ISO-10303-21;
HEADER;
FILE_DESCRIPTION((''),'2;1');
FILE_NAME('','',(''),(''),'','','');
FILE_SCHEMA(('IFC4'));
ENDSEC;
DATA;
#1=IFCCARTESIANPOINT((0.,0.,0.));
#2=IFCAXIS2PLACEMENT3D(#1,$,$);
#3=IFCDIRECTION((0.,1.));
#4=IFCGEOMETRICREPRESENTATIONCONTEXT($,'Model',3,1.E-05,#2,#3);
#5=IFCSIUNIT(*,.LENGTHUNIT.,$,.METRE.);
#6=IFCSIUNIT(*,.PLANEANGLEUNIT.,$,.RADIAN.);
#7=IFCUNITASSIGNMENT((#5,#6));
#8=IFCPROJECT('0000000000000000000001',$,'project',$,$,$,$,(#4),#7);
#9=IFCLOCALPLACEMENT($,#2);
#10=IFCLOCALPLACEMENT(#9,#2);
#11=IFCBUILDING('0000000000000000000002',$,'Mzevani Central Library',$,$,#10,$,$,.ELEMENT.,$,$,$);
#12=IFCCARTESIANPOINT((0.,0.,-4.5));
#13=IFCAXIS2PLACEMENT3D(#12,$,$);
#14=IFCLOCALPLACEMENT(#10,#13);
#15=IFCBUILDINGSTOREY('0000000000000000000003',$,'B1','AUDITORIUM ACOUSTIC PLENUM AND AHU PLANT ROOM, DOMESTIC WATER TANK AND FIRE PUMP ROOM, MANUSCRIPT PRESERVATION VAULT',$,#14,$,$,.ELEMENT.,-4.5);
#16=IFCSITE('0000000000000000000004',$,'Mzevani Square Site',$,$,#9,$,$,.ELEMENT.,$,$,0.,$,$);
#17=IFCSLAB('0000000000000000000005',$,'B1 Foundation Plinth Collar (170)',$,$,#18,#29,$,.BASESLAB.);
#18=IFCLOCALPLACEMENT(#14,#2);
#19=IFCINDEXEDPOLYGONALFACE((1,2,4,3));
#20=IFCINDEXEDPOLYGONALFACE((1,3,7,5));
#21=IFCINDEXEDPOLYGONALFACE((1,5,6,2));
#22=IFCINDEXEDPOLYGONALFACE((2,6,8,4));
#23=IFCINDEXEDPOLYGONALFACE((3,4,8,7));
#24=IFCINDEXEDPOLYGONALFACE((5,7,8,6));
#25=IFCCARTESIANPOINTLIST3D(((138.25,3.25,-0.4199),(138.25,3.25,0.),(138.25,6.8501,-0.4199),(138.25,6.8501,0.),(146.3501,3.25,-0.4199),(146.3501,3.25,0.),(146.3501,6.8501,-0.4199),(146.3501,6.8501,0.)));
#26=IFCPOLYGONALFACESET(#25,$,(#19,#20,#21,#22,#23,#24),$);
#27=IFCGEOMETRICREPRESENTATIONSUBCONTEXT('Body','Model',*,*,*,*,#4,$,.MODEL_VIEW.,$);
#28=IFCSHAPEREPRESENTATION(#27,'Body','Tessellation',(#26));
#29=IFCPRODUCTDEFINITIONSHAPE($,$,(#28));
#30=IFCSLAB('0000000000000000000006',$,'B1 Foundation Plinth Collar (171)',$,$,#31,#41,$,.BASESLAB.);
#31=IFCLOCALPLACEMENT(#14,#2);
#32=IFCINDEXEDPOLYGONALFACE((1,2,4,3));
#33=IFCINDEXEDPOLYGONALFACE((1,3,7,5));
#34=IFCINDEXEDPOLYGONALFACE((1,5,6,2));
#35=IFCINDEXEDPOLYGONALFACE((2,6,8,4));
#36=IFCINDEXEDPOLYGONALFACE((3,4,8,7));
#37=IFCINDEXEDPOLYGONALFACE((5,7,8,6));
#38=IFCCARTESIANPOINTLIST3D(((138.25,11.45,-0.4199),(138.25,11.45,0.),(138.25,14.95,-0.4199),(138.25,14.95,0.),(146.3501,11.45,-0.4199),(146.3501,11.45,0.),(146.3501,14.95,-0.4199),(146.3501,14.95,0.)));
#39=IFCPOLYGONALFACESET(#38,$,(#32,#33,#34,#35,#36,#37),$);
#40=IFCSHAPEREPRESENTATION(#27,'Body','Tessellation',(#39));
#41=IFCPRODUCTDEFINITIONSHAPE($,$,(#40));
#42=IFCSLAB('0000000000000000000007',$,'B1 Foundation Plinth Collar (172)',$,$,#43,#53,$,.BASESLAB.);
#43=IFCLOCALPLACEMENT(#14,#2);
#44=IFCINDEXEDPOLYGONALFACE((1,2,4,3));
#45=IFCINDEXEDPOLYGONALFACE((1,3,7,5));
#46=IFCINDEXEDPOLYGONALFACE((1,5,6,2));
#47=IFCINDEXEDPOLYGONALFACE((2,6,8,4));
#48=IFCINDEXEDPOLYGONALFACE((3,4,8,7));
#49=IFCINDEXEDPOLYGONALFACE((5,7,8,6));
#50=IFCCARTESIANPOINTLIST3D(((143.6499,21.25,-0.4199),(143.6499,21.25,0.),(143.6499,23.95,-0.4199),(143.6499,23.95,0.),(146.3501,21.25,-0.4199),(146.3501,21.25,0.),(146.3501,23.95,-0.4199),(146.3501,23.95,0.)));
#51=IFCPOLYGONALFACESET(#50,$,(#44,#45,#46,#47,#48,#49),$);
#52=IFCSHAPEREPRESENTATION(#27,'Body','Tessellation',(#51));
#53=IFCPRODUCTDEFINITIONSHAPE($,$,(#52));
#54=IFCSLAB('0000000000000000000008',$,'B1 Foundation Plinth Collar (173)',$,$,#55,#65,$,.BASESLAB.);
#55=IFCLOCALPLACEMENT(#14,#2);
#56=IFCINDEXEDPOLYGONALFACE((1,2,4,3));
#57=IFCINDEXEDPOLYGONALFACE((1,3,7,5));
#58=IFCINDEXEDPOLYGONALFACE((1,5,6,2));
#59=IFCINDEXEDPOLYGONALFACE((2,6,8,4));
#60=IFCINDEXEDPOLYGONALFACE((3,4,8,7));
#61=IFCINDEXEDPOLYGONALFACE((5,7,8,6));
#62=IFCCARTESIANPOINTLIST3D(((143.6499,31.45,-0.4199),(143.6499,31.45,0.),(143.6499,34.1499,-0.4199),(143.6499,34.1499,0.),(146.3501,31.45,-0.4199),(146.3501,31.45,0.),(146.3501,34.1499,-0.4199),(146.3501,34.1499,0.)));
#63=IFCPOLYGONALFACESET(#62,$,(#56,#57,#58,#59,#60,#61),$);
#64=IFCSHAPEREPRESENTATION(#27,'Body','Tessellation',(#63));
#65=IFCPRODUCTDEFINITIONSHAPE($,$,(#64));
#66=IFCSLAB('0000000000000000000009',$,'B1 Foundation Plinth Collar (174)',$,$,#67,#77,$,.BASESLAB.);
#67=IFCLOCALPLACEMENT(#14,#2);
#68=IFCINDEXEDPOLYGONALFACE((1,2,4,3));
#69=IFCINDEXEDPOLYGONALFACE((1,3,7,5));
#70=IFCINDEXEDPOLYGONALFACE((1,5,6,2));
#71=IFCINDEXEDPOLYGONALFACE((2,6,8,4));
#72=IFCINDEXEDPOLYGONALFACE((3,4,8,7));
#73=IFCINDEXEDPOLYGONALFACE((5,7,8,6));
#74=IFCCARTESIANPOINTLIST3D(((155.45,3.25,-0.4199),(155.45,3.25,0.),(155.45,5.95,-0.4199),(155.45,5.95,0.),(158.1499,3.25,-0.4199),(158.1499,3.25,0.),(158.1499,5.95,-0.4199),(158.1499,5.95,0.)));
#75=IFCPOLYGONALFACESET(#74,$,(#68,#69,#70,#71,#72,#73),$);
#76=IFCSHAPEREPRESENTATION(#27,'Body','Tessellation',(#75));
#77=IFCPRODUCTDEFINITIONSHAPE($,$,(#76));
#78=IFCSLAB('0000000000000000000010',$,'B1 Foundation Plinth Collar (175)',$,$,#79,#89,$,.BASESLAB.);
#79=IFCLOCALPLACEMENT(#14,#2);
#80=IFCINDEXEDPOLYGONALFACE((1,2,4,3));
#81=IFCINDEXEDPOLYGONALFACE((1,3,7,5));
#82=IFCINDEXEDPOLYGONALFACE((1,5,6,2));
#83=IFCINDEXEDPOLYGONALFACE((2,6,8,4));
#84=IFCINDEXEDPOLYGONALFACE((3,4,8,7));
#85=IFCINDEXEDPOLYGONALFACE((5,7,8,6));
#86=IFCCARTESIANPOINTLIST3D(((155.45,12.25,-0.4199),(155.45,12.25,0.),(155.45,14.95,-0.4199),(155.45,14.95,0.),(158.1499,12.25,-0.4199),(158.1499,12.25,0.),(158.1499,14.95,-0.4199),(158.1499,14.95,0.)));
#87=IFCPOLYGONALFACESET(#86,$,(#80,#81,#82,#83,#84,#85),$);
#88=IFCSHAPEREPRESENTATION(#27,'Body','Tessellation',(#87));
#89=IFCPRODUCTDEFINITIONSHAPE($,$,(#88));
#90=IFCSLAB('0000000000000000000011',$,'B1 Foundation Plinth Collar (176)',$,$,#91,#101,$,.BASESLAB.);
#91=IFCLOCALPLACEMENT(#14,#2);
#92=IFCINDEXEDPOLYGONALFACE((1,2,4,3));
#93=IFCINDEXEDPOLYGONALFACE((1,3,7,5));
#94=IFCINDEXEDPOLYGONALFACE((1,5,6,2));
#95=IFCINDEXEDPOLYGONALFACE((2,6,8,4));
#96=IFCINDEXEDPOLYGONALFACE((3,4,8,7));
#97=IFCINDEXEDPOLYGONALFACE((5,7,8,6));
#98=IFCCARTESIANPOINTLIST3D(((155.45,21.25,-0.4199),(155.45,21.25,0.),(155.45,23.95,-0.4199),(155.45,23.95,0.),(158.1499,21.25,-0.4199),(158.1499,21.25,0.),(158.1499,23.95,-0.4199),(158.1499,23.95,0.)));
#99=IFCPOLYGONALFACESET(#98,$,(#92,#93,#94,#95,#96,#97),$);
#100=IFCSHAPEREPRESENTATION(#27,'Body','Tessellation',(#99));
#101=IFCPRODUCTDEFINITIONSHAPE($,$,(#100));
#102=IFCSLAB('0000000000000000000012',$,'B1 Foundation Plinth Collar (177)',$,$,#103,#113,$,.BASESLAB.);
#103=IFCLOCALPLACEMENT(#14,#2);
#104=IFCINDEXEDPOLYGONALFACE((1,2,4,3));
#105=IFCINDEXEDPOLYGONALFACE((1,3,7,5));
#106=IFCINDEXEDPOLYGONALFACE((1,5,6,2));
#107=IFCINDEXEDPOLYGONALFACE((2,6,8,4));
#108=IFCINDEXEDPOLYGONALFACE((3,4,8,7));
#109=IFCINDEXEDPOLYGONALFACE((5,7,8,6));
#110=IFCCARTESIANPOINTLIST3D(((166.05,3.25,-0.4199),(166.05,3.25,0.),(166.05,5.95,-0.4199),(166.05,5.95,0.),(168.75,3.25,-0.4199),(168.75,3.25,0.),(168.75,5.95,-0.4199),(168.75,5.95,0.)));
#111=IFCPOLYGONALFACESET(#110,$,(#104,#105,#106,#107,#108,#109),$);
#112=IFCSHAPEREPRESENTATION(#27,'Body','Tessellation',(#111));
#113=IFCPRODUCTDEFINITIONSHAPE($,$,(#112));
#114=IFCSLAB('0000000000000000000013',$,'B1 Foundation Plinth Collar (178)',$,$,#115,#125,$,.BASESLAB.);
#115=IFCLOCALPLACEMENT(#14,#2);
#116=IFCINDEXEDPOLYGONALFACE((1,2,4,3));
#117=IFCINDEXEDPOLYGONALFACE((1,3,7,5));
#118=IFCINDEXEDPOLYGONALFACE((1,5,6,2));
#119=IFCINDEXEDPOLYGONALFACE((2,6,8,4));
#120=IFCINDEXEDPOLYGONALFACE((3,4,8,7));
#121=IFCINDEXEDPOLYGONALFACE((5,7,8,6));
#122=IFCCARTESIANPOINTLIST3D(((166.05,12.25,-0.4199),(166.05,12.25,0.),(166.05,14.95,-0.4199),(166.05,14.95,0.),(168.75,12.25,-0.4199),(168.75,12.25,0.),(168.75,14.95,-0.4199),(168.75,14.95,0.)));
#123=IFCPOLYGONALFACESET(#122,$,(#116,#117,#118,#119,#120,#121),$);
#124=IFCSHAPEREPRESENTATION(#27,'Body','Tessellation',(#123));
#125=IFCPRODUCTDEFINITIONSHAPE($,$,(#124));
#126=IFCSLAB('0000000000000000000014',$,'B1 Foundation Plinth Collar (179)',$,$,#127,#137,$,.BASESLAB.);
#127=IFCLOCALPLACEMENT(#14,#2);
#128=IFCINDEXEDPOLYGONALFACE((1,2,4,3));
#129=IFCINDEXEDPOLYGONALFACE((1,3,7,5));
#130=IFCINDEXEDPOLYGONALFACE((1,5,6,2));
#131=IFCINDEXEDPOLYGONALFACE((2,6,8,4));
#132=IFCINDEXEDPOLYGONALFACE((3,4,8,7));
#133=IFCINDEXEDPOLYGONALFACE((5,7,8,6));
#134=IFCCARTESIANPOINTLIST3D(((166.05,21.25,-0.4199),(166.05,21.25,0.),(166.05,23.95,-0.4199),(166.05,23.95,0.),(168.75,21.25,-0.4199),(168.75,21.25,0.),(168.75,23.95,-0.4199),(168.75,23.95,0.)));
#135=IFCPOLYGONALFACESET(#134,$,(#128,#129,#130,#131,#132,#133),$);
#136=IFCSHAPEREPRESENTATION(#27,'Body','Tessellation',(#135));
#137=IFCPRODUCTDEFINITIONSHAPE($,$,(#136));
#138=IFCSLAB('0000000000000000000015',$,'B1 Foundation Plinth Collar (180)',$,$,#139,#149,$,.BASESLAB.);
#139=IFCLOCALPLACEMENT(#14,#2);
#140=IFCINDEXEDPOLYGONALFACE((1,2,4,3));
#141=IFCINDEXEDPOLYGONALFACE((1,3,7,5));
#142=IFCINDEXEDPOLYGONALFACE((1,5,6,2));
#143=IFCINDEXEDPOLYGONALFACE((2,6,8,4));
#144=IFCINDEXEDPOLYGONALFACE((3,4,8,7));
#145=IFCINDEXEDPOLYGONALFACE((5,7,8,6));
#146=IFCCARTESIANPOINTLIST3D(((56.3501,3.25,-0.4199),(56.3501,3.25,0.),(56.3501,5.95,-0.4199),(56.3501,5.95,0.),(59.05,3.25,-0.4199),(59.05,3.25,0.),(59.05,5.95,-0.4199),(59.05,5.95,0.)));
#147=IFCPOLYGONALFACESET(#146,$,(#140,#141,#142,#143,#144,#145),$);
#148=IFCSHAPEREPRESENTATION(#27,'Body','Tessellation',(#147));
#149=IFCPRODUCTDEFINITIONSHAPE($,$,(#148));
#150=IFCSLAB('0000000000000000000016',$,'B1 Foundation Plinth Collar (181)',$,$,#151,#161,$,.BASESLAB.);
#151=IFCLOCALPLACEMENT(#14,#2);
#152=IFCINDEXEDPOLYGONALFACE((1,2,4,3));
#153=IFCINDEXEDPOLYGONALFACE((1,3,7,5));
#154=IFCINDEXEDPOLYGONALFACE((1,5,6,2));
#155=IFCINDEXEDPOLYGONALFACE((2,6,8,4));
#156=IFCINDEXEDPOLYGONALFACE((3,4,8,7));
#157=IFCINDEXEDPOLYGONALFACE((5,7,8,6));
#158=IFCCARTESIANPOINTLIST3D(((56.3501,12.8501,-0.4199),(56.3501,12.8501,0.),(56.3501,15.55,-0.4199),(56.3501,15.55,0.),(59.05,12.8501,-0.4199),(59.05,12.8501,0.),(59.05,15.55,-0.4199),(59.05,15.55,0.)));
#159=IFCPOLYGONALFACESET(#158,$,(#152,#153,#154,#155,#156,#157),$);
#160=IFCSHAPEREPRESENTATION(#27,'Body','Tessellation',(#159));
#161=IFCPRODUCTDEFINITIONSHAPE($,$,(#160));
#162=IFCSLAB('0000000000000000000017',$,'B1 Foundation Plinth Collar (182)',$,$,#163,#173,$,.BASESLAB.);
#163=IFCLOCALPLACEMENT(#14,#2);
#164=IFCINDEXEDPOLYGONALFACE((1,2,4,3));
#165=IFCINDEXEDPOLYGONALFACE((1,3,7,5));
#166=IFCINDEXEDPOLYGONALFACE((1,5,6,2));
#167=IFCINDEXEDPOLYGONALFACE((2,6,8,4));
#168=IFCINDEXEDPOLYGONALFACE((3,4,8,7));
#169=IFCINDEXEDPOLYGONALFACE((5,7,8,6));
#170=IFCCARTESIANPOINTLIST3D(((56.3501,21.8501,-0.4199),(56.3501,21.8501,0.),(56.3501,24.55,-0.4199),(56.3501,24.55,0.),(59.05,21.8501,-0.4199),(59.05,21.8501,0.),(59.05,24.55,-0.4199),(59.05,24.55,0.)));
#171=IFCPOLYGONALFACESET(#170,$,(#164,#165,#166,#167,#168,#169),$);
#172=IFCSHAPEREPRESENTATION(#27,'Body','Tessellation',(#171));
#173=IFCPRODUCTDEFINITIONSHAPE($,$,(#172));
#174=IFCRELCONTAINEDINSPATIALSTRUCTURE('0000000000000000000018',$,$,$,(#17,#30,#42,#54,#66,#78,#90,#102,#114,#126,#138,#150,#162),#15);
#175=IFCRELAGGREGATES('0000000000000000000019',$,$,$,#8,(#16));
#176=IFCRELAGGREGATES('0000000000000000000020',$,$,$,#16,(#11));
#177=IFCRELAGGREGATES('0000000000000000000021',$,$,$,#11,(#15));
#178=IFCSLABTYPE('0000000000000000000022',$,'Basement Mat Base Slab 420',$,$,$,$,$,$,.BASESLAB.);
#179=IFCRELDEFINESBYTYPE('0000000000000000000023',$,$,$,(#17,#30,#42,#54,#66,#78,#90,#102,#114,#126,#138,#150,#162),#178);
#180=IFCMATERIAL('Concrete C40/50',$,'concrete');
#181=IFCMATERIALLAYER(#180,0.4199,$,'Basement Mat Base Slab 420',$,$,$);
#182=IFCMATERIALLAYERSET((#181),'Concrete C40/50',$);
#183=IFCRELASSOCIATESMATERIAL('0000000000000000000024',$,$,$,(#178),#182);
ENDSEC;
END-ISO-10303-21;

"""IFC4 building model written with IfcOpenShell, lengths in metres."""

from ifc_helpers import new_model, si_unit, direction, frame, origin, place, context, subcontext, project, spatial, polyline, outline, extrude, material, layer, layer_set, type_object, element, save


model = new_model("IFC4")

# Units and contexts
model_context = context("Model", 3, precision=1e-05, world=origin(), true_north=direction((0.0, 1.0)))
body_context = subcontext(model_context, "Body", "Model", "MODEL_VIEW")
ifc_project = project(units=[si_unit("LENGTHUNIT", "METRE"), si_unit("PLANEANGLEUNIT", "RADIAN")], contexts=[model_context])

# Site, building, storey
site_placement = place(None, origin())
site = spatial("IfcSite", under=ifc_project, at=site_placement, Name="Mzevani Square Site", CompositionType="ELEMENT", RefElevation=0.0)
building_placement = place(site_placement, origin())
building = spatial("IfcBuilding", under=site, at=building_placement, Name="Mzevani Central Library", CompositionType="ELEMENT")
storey_placement = place(building_placement, frame((0.0, 0.0, -4.5)))
storey = spatial("IfcBuildingStorey", under=building, at=storey_placement, Name="B1", Description="AUDITORIUM ACOUSTIC PLENUM AND AHU PLANT ROOM, DOMESTIC WATER TANK AND FIRE PUMP ROOM, MANUSCRIPT PRESERVATION VAULT", CompositionType="ELEMENT", Elevation=-4.5)

# Slabs
ifc_material = material(Name="Concrete C40/50", Category="concrete")
ifc_layer = layer(ifc_material, 0.4199, Name="Basement Mat Base Slab 420")
ifc_layer_set = layer_set([ifc_layer], Name="Concrete C40/50")
slab_type = type_object("IfcSlabType", Name="Basement Mat Base Slab 420", PredefinedType="BASESLAB", material=ifc_layer_set)
slab_1_placement = place(storey_placement, frame((0.0, 0.0, -0.4199)))
element("IfcSlab", 1, at=slab_1_placement, inside=storey, type_object=slab_type, Name="B1 Foundation Plinth Collar (170)", PredefinedType="BASESLAB", context=body_context, shape_type="SweptSolid", body=[
    extrude(outline(polyline([(138.25, 6.8501), (146.3501, 6.8501), (146.3501, 3.25), (138.25, 3.25), (138.25, 6.8501)])), origin(), (0.0, 0.0, 1.0), 0.4199),
])
slab_2_placement = place(storey_placement, frame((0.0, 0.0, -0.4199)))
element("IfcSlab", 2, at=slab_2_placement, inside=storey, type_object=slab_type, Name="B1 Foundation Plinth Collar (171)", PredefinedType="BASESLAB", context=body_context, shape_type="SweptSolid", body=[
    extrude(outline(polyline([(138.25, 14.95), (146.3501, 14.95), (146.3501, 11.45), (138.25, 11.45), (138.25, 14.95)])), origin(), (0.0, 0.0, 1.0), 0.4199),
])
slab_3_placement = place(storey_placement, frame((0.0, 0.0, -0.4199)))
element("IfcSlab", 3, at=slab_3_placement, inside=storey, type_object=slab_type, Name="B1 Foundation Plinth Collar (172)", PredefinedType="BASESLAB", context=body_context, shape_type="SweptSolid", body=[
    extrude(outline(polyline([(143.6499, 23.95), (146.3501, 23.95), (146.3501, 21.25), (143.6499, 21.25), (143.6499, 23.95)])), origin(), (0.0, 0.0, 1.0), 0.4199),
])
slab_4_placement = place(storey_placement, frame((0.0, 0.0, -0.4199)))
element("IfcSlab", 4, at=slab_4_placement, inside=storey, type_object=slab_type, Name="B1 Foundation Plinth Collar (173)", PredefinedType="BASESLAB", context=body_context, shape_type="SweptSolid", body=[
    extrude(outline(polyline([(143.6499, 34.1499), (146.3501, 34.1499), (146.3501, 31.45), (143.6499, 31.45), (143.6499, 34.1499)])), origin(), (0.0, 0.0, 1.0), 0.4199),
])
slab_5_placement = place(storey_placement, frame((0.0, 0.0, -0.4199)))
element("IfcSlab", 5, at=slab_5_placement, inside=storey, type_object=slab_type, Name="B1 Foundation Plinth Collar (174)", PredefinedType="BASESLAB", context=body_context, shape_type="SweptSolid", body=[
    extrude(outline(polyline([(155.45, 5.95), (158.1499, 5.95), (158.1499, 3.25), (155.45, 3.25), (155.45, 5.95)])), origin(), (0.0, 0.0, 1.0), 0.4199),
])
slab_6_placement = place(storey_placement, frame((0.0, 0.0, -0.4199)))
element("IfcSlab", 6, at=slab_6_placement, inside=storey, type_object=slab_type, Name="B1 Foundation Plinth Collar (175)", PredefinedType="BASESLAB", context=body_context, shape_type="SweptSolid", body=[
    extrude(outline(polyline([(155.45, 14.95), (158.1499, 14.95), (158.1499, 12.25), (155.45, 12.25), (155.45, 14.95)])), origin(), (0.0, 0.0, 1.0), 0.4199),
])
slab_7_placement = place(storey_placement, frame((0.0, 0.0, -0.4199)))
element("IfcSlab", 7, at=slab_7_placement, inside=storey, type_object=slab_type, Name="B1 Foundation Plinth Collar (176)", PredefinedType="BASESLAB", context=body_context, shape_type="SweptSolid", body=[
    extrude(outline(polyline([(155.45, 23.95), (158.1499, 23.95), (158.1499, 21.25), (155.45, 21.25), (155.45, 23.95)])), origin(), (0.0, 0.0, 1.0), 0.4199),
])
slab_8_placement = place(storey_placement, frame((0.0, 0.0, -0.4199)))
element("IfcSlab", 8, at=slab_8_placement, inside=storey, type_object=slab_type, Name="B1 Foundation Plinth Collar (177)", PredefinedType="BASESLAB", context=body_context, shape_type="SweptSolid", body=[
    extrude(outline(polyline([(166.05, 5.95), (168.75, 5.95), (168.75, 3.25), (166.05, 3.25), (166.05, 5.95)])), origin(), (0.0, 0.0, 1.0), 0.4199),
])
slab_9_placement = place(storey_placement, frame((0.0, 0.0, -0.4199)))
element("IfcSlab", 9, at=slab_9_placement, inside=storey, type_object=slab_type, Name="B1 Foundation Plinth Collar (178)", PredefinedType="BASESLAB", context=body_context, shape_type="SweptSolid", body=[
    extrude(outline(polyline([(166.05, 14.95), (168.75, 14.95), (168.75, 12.25), (166.05, 12.25), (166.05, 14.95)])), origin(), (0.0, 0.0, 1.0), 0.4199),
])
slab_10_placement = place(storey_placement, frame((0.0, 0.0, -0.4199)))
element("IfcSlab", 10, at=slab_10_placement, inside=storey, type_object=slab_type, Name="B1 Foundation Plinth Collar (179)", PredefinedType="BASESLAB", context=body_context, shape_type="SweptSolid", body=[
    extrude(outline(polyline([(166.05, 23.95), (168.75, 23.95), (168.75, 21.25), (166.05, 21.25), (166.05, 23.95)])), origin(), (0.0, 0.0, 1.0), 0.4199),
])
slab_11_placement = place(storey_placement, frame((0.0, 0.0, -0.4199)))
element("IfcSlab", 11, at=slab_11_placement, inside=storey, type_object=slab_type, Name="B1 Foundation Plinth Collar (180)", PredefinedType="BASESLAB", context=body_context, shape_type="SweptSolid", body=[
    extrude(outline(polyline([(56.3501, 5.95), (59.05, 5.95), (59.05, 3.25), (56.3501, 3.25), (56.3501, 5.95)])), origin(), (0.0, 0.0, 1.0), 0.4199),
])
slab_12_placement = place(storey_placement, frame((0.0, 0.0, -0.4199)))
element("IfcSlab", 12, at=slab_12_placement, inside=storey, type_object=slab_type, Name="B1 Foundation Plinth Collar (181)", PredefinedType="BASESLAB", context=body_context, shape_type="SweptSolid", body=[
    extrude(outline(polyline([(56.3501, 15.55), (59.05, 15.55), (59.05, 12.8501), (56.3501, 12.8501), (56.3501, 15.55)])), origin(), (0.0, 0.0, 1.0), 0.4199),
])
slab_13_placement = place(storey_placement, frame((0.0, 0.0, -0.4199)))
element("IfcSlab", 13, at=slab_13_placement, inside=storey, type_object=slab_type, Name="B1 Foundation Plinth Collar (182)", PredefinedType="BASESLAB", context=body_context, shape_type="SweptSolid", body=[
    extrude(outline(polyline([(56.3501, 24.55), (59.05, 24.55), (59.05, 21.8501), (56.3501, 21.8501), (56.3501, 24.55)])), origin(), (0.0, 0.0, 1.0), 0.4199),
])

save(model, "model.ifc")
